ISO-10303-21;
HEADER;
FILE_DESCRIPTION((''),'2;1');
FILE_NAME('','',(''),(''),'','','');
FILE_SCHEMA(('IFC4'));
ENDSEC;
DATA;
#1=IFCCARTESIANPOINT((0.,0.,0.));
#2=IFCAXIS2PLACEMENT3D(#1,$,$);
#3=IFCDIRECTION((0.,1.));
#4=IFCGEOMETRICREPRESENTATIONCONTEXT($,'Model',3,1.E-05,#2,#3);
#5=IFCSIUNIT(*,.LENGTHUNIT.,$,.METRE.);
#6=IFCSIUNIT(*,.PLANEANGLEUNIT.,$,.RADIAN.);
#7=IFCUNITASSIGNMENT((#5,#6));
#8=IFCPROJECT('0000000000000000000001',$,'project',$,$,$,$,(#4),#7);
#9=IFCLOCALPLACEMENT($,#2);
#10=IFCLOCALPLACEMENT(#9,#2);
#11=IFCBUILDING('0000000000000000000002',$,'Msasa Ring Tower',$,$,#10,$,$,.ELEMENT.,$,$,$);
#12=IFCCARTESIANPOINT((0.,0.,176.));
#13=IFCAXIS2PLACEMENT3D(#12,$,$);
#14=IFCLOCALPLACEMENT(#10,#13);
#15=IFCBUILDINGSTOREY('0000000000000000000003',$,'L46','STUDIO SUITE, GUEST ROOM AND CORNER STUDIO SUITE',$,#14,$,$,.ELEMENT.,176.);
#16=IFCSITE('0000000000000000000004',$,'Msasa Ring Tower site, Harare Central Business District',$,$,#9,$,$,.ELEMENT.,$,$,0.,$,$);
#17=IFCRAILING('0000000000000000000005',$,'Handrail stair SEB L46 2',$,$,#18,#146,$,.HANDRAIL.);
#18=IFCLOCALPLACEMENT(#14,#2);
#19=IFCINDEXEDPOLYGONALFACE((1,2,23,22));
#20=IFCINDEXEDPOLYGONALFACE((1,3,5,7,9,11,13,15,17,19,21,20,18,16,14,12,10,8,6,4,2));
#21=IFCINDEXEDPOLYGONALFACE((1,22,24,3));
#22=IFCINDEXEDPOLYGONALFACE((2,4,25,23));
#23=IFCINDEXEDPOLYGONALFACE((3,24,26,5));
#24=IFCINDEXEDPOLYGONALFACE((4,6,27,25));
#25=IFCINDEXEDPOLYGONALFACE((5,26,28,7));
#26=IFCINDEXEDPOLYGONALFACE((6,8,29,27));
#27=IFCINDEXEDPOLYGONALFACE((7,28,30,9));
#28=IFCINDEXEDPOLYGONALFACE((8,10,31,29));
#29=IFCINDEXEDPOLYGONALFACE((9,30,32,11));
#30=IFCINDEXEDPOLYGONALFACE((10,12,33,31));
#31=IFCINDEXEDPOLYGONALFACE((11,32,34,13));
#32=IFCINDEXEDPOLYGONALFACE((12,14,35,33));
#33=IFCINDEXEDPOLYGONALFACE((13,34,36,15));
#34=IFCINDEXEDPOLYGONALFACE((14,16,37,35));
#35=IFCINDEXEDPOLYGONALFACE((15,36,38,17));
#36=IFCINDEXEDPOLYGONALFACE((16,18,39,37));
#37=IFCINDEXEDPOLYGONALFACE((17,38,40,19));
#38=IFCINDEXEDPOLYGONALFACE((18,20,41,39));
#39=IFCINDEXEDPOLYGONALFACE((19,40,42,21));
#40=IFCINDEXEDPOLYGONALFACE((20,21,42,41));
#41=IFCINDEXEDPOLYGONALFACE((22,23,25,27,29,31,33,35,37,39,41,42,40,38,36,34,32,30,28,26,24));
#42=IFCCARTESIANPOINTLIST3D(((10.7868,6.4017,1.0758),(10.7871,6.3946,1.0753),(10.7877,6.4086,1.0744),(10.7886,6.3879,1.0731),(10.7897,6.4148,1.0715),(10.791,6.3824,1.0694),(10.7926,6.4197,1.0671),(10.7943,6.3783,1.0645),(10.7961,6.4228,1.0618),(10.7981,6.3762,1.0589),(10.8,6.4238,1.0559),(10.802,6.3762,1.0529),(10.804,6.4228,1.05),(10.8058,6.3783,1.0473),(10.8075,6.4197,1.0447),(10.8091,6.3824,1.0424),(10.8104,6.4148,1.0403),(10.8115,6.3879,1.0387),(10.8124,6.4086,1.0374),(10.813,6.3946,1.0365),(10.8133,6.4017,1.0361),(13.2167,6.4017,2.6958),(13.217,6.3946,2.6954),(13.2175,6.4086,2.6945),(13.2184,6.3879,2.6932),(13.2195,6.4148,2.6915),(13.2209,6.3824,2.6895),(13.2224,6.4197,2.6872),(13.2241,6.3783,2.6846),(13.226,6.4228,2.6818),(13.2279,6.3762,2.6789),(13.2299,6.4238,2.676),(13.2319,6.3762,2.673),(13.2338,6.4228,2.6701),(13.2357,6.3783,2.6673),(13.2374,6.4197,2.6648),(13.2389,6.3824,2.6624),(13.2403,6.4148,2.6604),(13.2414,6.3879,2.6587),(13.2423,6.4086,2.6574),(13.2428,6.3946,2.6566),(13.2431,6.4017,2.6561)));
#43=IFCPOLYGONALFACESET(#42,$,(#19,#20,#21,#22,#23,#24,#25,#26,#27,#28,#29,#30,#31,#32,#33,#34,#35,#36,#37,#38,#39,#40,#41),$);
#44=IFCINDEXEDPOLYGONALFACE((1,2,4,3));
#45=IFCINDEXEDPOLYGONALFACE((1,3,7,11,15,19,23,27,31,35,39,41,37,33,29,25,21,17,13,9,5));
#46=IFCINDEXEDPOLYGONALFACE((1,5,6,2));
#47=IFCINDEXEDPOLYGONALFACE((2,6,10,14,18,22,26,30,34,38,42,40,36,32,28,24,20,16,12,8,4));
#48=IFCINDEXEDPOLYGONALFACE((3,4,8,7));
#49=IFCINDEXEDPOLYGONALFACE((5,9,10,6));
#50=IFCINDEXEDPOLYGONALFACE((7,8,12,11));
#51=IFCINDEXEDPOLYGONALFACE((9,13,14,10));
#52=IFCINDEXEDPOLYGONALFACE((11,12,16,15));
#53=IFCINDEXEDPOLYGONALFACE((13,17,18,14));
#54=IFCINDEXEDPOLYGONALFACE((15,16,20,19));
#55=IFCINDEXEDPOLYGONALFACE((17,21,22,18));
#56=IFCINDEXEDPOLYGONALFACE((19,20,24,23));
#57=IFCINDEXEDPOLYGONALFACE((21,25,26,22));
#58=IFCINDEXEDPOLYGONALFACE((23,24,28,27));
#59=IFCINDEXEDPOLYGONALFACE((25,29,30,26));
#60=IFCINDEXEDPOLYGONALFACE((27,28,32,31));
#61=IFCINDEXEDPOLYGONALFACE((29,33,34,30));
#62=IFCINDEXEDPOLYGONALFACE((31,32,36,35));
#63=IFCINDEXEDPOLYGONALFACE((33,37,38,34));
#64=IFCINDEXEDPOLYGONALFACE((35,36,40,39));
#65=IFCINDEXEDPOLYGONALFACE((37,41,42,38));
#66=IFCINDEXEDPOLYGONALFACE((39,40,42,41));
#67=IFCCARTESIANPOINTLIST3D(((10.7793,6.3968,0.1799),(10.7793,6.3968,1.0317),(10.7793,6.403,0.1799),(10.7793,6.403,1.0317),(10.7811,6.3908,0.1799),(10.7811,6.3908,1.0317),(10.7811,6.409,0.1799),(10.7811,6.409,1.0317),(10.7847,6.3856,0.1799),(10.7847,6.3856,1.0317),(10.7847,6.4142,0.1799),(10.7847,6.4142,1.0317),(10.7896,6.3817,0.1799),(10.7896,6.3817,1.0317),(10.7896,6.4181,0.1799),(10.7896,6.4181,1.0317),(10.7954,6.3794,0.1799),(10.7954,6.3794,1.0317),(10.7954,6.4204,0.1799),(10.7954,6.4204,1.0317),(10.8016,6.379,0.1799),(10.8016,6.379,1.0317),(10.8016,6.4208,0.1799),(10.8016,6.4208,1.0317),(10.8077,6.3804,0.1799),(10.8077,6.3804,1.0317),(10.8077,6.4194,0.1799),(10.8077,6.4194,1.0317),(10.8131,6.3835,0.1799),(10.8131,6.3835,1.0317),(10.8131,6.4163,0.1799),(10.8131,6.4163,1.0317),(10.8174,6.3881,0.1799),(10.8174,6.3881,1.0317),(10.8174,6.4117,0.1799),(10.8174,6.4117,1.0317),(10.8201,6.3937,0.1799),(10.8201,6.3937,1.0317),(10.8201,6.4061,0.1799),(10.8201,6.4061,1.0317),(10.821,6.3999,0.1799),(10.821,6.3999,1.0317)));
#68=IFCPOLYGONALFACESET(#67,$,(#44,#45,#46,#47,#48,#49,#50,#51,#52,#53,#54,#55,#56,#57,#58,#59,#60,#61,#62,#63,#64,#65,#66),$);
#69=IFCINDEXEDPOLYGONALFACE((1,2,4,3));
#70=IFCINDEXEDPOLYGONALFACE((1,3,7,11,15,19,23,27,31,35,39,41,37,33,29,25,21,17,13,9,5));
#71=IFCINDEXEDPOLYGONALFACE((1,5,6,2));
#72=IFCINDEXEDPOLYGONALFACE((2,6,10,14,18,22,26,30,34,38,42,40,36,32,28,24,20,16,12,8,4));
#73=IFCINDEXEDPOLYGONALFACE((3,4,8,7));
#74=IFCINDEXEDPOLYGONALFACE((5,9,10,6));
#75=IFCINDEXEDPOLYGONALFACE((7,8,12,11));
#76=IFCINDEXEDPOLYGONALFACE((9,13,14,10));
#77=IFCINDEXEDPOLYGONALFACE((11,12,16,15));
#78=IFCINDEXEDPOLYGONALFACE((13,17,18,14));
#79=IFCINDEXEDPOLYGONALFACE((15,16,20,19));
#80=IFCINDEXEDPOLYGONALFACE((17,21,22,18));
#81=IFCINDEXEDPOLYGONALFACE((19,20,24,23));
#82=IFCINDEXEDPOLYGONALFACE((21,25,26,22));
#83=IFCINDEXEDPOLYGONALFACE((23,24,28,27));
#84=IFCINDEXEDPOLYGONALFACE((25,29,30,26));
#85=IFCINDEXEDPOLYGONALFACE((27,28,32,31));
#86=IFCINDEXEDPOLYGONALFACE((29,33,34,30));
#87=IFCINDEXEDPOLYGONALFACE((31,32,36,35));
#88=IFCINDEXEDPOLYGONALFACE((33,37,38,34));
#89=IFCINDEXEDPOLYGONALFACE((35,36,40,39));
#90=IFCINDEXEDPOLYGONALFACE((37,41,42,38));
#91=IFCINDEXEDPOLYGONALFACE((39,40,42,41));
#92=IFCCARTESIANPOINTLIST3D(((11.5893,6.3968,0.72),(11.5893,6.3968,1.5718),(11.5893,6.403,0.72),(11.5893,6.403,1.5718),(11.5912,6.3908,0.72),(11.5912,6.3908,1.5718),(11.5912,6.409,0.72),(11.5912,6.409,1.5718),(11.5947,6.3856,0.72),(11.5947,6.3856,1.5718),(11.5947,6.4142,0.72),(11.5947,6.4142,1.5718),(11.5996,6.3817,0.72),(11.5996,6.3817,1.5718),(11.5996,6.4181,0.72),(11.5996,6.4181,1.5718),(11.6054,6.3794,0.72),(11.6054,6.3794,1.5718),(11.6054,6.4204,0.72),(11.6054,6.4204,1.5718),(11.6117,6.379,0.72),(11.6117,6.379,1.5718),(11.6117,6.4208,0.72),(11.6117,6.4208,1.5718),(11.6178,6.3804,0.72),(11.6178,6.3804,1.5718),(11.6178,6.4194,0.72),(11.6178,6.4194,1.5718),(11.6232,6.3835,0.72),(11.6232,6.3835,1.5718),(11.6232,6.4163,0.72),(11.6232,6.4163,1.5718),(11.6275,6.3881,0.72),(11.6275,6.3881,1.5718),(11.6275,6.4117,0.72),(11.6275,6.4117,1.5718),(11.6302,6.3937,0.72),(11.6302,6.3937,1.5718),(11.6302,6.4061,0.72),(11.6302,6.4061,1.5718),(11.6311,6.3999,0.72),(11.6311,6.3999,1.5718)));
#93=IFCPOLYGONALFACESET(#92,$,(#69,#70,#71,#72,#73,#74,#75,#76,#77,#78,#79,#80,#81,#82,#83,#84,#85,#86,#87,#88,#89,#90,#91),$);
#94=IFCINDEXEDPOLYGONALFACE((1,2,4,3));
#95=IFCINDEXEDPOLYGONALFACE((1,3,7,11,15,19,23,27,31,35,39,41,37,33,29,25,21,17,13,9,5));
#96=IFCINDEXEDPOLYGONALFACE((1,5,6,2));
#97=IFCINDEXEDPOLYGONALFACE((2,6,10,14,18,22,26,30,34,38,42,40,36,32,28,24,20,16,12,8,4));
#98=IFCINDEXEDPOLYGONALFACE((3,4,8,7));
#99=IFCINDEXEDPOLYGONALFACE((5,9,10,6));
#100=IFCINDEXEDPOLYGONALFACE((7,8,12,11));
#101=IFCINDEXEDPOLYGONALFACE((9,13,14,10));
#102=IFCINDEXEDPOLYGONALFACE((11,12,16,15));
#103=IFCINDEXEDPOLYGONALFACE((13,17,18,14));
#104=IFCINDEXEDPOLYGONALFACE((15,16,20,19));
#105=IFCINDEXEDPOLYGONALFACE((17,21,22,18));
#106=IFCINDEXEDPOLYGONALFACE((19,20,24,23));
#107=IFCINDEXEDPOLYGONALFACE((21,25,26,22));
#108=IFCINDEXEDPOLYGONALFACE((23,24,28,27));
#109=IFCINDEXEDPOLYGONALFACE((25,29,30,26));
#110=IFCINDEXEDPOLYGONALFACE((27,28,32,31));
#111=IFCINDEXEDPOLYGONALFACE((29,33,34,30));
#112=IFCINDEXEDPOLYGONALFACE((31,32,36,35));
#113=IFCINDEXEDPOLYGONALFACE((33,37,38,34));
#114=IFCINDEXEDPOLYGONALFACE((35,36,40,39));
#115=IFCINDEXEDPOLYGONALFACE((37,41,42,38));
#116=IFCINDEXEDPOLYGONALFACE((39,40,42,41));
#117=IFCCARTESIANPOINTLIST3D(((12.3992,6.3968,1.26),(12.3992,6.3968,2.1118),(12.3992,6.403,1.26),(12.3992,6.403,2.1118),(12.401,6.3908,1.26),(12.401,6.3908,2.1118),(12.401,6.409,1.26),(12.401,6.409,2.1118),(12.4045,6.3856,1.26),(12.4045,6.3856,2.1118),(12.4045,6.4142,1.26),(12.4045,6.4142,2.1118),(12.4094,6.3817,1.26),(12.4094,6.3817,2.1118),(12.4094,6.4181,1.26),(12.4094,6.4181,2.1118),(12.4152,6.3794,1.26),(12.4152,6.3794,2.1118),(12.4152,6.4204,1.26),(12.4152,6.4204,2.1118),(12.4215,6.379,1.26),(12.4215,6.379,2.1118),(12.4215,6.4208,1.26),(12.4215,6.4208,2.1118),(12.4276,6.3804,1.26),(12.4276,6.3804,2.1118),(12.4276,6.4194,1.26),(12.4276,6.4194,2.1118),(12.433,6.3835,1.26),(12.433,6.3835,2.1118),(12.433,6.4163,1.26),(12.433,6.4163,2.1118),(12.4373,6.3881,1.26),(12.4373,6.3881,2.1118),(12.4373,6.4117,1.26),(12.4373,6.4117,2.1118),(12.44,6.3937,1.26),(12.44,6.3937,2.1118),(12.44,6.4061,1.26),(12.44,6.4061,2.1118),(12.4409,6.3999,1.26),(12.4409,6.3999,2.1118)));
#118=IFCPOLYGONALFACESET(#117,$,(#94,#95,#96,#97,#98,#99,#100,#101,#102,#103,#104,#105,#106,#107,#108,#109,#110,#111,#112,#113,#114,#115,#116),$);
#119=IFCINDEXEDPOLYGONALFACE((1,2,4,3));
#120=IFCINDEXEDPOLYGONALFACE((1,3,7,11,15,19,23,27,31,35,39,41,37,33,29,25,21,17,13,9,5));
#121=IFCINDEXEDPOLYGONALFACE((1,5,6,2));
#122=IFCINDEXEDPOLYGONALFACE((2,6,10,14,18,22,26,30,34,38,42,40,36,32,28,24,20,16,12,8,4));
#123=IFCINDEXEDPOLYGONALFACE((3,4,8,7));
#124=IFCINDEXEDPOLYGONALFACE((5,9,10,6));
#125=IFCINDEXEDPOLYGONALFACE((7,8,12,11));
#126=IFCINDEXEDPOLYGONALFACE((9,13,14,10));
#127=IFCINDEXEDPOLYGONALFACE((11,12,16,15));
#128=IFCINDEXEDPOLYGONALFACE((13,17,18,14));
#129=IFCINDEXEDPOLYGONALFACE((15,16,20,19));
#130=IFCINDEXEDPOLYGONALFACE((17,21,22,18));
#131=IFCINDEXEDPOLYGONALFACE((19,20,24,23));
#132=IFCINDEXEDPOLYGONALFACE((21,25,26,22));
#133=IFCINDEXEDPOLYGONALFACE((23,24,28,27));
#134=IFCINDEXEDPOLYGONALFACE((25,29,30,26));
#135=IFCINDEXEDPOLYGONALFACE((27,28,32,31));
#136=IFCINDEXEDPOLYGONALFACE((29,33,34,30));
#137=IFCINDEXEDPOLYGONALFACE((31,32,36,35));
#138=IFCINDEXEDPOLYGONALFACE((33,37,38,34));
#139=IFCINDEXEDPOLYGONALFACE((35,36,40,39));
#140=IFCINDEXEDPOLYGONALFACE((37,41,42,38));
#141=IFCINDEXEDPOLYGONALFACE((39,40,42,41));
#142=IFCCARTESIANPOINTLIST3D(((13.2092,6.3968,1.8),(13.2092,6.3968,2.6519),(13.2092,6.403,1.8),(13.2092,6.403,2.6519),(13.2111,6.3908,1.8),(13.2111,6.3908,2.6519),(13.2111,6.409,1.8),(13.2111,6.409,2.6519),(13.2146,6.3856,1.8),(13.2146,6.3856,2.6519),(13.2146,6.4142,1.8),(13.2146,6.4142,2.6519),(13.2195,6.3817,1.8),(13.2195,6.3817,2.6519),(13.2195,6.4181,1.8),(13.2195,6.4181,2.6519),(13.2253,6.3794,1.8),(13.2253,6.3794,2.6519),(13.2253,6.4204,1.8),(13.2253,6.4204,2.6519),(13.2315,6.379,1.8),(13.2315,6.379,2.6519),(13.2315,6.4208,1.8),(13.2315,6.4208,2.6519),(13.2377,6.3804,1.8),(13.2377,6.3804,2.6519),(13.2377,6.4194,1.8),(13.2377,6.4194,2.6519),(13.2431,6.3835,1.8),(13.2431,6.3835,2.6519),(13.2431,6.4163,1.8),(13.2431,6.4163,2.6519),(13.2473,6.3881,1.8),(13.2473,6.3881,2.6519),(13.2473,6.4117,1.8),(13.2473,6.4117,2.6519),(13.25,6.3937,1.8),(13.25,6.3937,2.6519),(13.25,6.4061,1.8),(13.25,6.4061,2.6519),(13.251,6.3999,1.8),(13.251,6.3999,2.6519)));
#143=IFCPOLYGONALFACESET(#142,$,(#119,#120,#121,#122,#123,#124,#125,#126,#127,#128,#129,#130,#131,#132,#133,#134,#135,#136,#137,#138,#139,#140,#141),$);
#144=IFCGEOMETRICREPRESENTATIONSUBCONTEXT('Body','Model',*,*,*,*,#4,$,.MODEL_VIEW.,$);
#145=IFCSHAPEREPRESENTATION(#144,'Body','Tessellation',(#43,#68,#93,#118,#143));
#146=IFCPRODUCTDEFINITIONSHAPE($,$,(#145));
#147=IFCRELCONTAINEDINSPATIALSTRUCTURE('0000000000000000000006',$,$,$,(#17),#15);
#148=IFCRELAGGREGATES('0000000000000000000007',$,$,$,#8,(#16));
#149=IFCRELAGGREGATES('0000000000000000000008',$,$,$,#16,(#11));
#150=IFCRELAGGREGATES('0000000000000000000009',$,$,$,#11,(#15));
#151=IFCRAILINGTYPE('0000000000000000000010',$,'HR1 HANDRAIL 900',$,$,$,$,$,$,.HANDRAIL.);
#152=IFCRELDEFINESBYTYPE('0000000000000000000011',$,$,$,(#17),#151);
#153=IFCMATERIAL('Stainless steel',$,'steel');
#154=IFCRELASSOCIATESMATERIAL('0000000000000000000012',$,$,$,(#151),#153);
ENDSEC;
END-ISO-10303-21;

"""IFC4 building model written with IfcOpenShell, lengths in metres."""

from ifc_helpers import new_model, si_unit, direction, frame, origin, origin_2d, place, context, subcontext, project, spatial, circle, extrude, material, type_object, element, save


model = new_model("IFC4")

# Units and contexts
model_context = context("Model", 3, precision=1e-05, world=origin(), true_north=direction((0.0, 1.0)))
body_context = subcontext(model_context, "Body", "Model", "MODEL_VIEW")
ifc_project = project(units=[si_unit("LENGTHUNIT", "METRE"), si_unit("PLANEANGLEUNIT", "RADIAN")], contexts=[model_context])

# Site, building, storey
site_placement = place(None, origin())
site = spatial("IfcSite", under=ifc_project, at=site_placement, Name="Msasa Ring Tower site, Harare Central Business District", CompositionType="ELEMENT", RefElevation=0.0)
building_placement = place(site_placement, origin())
building = spatial("IfcBuilding", under=site, at=building_placement, Name="Msasa Ring Tower", CompositionType="ELEMENT")
storey_placement = place(building_placement, frame((0.0, 0.0, 176.0)))
storey = spatial("IfcBuildingStorey", under=building, at=storey_placement, Name="L46", Description="STUDIO SUITE, GUEST ROOM AND CORNER STUDIO SUITE", CompositionType="ELEMENT", Elevation=176.0)

# Railing
ifc_material_1 = material(Name="Stainless steel", Category="steel")
railing_type = type_object("IfcRailingType", Name="HR1 HANDRAIL 900", PredefinedType="HANDRAIL", material=ifc_material_1)
for number, where, name in (
    (1, (10.8, 6.3999, 0.1799), "Handrail stair SEB L46 2"),
):
    element("IfcRailing", number, at=place(storey_placement, frame(where)), inside=storey, type_object=railing_type, Name=name, PredefinedType="HANDRAIL", context=body_context, shape_type="SweptSolid", body=[
        extrude(circle(Radius=0.0239, at=origin_2d()), frame((0.0, 0.0, 0.876), z_axis=(0.832025, 0.0, 0.554739), x_axis=(0.0, 1.0, 0.0)), (0.0, 0.0, 1.0), 2.9204),
        extrude(circle(Radius=0.021, at=origin_2d()), origin(), (0.0, 0.0, 1.0), 0.8518),
        extrude(circle(Radius=0.021, at=origin_2d()), frame((0.8101, 0.0, 0.54)), (0.0, 0.0, 1.0), 0.8518),
        extrude(circle(Radius=0.021, at=origin_2d()), frame((1.6199, 0.0, 1.0801)), (0.0, 0.0, 1.0), 0.8518),
        extrude(circle(Radius=0.021, at=origin_2d()), frame((2.4299, 0.0, 1.6201)), (0.0, 0.0, 1.0), 0.8518),
    ])

save(model, "model.ifc")
